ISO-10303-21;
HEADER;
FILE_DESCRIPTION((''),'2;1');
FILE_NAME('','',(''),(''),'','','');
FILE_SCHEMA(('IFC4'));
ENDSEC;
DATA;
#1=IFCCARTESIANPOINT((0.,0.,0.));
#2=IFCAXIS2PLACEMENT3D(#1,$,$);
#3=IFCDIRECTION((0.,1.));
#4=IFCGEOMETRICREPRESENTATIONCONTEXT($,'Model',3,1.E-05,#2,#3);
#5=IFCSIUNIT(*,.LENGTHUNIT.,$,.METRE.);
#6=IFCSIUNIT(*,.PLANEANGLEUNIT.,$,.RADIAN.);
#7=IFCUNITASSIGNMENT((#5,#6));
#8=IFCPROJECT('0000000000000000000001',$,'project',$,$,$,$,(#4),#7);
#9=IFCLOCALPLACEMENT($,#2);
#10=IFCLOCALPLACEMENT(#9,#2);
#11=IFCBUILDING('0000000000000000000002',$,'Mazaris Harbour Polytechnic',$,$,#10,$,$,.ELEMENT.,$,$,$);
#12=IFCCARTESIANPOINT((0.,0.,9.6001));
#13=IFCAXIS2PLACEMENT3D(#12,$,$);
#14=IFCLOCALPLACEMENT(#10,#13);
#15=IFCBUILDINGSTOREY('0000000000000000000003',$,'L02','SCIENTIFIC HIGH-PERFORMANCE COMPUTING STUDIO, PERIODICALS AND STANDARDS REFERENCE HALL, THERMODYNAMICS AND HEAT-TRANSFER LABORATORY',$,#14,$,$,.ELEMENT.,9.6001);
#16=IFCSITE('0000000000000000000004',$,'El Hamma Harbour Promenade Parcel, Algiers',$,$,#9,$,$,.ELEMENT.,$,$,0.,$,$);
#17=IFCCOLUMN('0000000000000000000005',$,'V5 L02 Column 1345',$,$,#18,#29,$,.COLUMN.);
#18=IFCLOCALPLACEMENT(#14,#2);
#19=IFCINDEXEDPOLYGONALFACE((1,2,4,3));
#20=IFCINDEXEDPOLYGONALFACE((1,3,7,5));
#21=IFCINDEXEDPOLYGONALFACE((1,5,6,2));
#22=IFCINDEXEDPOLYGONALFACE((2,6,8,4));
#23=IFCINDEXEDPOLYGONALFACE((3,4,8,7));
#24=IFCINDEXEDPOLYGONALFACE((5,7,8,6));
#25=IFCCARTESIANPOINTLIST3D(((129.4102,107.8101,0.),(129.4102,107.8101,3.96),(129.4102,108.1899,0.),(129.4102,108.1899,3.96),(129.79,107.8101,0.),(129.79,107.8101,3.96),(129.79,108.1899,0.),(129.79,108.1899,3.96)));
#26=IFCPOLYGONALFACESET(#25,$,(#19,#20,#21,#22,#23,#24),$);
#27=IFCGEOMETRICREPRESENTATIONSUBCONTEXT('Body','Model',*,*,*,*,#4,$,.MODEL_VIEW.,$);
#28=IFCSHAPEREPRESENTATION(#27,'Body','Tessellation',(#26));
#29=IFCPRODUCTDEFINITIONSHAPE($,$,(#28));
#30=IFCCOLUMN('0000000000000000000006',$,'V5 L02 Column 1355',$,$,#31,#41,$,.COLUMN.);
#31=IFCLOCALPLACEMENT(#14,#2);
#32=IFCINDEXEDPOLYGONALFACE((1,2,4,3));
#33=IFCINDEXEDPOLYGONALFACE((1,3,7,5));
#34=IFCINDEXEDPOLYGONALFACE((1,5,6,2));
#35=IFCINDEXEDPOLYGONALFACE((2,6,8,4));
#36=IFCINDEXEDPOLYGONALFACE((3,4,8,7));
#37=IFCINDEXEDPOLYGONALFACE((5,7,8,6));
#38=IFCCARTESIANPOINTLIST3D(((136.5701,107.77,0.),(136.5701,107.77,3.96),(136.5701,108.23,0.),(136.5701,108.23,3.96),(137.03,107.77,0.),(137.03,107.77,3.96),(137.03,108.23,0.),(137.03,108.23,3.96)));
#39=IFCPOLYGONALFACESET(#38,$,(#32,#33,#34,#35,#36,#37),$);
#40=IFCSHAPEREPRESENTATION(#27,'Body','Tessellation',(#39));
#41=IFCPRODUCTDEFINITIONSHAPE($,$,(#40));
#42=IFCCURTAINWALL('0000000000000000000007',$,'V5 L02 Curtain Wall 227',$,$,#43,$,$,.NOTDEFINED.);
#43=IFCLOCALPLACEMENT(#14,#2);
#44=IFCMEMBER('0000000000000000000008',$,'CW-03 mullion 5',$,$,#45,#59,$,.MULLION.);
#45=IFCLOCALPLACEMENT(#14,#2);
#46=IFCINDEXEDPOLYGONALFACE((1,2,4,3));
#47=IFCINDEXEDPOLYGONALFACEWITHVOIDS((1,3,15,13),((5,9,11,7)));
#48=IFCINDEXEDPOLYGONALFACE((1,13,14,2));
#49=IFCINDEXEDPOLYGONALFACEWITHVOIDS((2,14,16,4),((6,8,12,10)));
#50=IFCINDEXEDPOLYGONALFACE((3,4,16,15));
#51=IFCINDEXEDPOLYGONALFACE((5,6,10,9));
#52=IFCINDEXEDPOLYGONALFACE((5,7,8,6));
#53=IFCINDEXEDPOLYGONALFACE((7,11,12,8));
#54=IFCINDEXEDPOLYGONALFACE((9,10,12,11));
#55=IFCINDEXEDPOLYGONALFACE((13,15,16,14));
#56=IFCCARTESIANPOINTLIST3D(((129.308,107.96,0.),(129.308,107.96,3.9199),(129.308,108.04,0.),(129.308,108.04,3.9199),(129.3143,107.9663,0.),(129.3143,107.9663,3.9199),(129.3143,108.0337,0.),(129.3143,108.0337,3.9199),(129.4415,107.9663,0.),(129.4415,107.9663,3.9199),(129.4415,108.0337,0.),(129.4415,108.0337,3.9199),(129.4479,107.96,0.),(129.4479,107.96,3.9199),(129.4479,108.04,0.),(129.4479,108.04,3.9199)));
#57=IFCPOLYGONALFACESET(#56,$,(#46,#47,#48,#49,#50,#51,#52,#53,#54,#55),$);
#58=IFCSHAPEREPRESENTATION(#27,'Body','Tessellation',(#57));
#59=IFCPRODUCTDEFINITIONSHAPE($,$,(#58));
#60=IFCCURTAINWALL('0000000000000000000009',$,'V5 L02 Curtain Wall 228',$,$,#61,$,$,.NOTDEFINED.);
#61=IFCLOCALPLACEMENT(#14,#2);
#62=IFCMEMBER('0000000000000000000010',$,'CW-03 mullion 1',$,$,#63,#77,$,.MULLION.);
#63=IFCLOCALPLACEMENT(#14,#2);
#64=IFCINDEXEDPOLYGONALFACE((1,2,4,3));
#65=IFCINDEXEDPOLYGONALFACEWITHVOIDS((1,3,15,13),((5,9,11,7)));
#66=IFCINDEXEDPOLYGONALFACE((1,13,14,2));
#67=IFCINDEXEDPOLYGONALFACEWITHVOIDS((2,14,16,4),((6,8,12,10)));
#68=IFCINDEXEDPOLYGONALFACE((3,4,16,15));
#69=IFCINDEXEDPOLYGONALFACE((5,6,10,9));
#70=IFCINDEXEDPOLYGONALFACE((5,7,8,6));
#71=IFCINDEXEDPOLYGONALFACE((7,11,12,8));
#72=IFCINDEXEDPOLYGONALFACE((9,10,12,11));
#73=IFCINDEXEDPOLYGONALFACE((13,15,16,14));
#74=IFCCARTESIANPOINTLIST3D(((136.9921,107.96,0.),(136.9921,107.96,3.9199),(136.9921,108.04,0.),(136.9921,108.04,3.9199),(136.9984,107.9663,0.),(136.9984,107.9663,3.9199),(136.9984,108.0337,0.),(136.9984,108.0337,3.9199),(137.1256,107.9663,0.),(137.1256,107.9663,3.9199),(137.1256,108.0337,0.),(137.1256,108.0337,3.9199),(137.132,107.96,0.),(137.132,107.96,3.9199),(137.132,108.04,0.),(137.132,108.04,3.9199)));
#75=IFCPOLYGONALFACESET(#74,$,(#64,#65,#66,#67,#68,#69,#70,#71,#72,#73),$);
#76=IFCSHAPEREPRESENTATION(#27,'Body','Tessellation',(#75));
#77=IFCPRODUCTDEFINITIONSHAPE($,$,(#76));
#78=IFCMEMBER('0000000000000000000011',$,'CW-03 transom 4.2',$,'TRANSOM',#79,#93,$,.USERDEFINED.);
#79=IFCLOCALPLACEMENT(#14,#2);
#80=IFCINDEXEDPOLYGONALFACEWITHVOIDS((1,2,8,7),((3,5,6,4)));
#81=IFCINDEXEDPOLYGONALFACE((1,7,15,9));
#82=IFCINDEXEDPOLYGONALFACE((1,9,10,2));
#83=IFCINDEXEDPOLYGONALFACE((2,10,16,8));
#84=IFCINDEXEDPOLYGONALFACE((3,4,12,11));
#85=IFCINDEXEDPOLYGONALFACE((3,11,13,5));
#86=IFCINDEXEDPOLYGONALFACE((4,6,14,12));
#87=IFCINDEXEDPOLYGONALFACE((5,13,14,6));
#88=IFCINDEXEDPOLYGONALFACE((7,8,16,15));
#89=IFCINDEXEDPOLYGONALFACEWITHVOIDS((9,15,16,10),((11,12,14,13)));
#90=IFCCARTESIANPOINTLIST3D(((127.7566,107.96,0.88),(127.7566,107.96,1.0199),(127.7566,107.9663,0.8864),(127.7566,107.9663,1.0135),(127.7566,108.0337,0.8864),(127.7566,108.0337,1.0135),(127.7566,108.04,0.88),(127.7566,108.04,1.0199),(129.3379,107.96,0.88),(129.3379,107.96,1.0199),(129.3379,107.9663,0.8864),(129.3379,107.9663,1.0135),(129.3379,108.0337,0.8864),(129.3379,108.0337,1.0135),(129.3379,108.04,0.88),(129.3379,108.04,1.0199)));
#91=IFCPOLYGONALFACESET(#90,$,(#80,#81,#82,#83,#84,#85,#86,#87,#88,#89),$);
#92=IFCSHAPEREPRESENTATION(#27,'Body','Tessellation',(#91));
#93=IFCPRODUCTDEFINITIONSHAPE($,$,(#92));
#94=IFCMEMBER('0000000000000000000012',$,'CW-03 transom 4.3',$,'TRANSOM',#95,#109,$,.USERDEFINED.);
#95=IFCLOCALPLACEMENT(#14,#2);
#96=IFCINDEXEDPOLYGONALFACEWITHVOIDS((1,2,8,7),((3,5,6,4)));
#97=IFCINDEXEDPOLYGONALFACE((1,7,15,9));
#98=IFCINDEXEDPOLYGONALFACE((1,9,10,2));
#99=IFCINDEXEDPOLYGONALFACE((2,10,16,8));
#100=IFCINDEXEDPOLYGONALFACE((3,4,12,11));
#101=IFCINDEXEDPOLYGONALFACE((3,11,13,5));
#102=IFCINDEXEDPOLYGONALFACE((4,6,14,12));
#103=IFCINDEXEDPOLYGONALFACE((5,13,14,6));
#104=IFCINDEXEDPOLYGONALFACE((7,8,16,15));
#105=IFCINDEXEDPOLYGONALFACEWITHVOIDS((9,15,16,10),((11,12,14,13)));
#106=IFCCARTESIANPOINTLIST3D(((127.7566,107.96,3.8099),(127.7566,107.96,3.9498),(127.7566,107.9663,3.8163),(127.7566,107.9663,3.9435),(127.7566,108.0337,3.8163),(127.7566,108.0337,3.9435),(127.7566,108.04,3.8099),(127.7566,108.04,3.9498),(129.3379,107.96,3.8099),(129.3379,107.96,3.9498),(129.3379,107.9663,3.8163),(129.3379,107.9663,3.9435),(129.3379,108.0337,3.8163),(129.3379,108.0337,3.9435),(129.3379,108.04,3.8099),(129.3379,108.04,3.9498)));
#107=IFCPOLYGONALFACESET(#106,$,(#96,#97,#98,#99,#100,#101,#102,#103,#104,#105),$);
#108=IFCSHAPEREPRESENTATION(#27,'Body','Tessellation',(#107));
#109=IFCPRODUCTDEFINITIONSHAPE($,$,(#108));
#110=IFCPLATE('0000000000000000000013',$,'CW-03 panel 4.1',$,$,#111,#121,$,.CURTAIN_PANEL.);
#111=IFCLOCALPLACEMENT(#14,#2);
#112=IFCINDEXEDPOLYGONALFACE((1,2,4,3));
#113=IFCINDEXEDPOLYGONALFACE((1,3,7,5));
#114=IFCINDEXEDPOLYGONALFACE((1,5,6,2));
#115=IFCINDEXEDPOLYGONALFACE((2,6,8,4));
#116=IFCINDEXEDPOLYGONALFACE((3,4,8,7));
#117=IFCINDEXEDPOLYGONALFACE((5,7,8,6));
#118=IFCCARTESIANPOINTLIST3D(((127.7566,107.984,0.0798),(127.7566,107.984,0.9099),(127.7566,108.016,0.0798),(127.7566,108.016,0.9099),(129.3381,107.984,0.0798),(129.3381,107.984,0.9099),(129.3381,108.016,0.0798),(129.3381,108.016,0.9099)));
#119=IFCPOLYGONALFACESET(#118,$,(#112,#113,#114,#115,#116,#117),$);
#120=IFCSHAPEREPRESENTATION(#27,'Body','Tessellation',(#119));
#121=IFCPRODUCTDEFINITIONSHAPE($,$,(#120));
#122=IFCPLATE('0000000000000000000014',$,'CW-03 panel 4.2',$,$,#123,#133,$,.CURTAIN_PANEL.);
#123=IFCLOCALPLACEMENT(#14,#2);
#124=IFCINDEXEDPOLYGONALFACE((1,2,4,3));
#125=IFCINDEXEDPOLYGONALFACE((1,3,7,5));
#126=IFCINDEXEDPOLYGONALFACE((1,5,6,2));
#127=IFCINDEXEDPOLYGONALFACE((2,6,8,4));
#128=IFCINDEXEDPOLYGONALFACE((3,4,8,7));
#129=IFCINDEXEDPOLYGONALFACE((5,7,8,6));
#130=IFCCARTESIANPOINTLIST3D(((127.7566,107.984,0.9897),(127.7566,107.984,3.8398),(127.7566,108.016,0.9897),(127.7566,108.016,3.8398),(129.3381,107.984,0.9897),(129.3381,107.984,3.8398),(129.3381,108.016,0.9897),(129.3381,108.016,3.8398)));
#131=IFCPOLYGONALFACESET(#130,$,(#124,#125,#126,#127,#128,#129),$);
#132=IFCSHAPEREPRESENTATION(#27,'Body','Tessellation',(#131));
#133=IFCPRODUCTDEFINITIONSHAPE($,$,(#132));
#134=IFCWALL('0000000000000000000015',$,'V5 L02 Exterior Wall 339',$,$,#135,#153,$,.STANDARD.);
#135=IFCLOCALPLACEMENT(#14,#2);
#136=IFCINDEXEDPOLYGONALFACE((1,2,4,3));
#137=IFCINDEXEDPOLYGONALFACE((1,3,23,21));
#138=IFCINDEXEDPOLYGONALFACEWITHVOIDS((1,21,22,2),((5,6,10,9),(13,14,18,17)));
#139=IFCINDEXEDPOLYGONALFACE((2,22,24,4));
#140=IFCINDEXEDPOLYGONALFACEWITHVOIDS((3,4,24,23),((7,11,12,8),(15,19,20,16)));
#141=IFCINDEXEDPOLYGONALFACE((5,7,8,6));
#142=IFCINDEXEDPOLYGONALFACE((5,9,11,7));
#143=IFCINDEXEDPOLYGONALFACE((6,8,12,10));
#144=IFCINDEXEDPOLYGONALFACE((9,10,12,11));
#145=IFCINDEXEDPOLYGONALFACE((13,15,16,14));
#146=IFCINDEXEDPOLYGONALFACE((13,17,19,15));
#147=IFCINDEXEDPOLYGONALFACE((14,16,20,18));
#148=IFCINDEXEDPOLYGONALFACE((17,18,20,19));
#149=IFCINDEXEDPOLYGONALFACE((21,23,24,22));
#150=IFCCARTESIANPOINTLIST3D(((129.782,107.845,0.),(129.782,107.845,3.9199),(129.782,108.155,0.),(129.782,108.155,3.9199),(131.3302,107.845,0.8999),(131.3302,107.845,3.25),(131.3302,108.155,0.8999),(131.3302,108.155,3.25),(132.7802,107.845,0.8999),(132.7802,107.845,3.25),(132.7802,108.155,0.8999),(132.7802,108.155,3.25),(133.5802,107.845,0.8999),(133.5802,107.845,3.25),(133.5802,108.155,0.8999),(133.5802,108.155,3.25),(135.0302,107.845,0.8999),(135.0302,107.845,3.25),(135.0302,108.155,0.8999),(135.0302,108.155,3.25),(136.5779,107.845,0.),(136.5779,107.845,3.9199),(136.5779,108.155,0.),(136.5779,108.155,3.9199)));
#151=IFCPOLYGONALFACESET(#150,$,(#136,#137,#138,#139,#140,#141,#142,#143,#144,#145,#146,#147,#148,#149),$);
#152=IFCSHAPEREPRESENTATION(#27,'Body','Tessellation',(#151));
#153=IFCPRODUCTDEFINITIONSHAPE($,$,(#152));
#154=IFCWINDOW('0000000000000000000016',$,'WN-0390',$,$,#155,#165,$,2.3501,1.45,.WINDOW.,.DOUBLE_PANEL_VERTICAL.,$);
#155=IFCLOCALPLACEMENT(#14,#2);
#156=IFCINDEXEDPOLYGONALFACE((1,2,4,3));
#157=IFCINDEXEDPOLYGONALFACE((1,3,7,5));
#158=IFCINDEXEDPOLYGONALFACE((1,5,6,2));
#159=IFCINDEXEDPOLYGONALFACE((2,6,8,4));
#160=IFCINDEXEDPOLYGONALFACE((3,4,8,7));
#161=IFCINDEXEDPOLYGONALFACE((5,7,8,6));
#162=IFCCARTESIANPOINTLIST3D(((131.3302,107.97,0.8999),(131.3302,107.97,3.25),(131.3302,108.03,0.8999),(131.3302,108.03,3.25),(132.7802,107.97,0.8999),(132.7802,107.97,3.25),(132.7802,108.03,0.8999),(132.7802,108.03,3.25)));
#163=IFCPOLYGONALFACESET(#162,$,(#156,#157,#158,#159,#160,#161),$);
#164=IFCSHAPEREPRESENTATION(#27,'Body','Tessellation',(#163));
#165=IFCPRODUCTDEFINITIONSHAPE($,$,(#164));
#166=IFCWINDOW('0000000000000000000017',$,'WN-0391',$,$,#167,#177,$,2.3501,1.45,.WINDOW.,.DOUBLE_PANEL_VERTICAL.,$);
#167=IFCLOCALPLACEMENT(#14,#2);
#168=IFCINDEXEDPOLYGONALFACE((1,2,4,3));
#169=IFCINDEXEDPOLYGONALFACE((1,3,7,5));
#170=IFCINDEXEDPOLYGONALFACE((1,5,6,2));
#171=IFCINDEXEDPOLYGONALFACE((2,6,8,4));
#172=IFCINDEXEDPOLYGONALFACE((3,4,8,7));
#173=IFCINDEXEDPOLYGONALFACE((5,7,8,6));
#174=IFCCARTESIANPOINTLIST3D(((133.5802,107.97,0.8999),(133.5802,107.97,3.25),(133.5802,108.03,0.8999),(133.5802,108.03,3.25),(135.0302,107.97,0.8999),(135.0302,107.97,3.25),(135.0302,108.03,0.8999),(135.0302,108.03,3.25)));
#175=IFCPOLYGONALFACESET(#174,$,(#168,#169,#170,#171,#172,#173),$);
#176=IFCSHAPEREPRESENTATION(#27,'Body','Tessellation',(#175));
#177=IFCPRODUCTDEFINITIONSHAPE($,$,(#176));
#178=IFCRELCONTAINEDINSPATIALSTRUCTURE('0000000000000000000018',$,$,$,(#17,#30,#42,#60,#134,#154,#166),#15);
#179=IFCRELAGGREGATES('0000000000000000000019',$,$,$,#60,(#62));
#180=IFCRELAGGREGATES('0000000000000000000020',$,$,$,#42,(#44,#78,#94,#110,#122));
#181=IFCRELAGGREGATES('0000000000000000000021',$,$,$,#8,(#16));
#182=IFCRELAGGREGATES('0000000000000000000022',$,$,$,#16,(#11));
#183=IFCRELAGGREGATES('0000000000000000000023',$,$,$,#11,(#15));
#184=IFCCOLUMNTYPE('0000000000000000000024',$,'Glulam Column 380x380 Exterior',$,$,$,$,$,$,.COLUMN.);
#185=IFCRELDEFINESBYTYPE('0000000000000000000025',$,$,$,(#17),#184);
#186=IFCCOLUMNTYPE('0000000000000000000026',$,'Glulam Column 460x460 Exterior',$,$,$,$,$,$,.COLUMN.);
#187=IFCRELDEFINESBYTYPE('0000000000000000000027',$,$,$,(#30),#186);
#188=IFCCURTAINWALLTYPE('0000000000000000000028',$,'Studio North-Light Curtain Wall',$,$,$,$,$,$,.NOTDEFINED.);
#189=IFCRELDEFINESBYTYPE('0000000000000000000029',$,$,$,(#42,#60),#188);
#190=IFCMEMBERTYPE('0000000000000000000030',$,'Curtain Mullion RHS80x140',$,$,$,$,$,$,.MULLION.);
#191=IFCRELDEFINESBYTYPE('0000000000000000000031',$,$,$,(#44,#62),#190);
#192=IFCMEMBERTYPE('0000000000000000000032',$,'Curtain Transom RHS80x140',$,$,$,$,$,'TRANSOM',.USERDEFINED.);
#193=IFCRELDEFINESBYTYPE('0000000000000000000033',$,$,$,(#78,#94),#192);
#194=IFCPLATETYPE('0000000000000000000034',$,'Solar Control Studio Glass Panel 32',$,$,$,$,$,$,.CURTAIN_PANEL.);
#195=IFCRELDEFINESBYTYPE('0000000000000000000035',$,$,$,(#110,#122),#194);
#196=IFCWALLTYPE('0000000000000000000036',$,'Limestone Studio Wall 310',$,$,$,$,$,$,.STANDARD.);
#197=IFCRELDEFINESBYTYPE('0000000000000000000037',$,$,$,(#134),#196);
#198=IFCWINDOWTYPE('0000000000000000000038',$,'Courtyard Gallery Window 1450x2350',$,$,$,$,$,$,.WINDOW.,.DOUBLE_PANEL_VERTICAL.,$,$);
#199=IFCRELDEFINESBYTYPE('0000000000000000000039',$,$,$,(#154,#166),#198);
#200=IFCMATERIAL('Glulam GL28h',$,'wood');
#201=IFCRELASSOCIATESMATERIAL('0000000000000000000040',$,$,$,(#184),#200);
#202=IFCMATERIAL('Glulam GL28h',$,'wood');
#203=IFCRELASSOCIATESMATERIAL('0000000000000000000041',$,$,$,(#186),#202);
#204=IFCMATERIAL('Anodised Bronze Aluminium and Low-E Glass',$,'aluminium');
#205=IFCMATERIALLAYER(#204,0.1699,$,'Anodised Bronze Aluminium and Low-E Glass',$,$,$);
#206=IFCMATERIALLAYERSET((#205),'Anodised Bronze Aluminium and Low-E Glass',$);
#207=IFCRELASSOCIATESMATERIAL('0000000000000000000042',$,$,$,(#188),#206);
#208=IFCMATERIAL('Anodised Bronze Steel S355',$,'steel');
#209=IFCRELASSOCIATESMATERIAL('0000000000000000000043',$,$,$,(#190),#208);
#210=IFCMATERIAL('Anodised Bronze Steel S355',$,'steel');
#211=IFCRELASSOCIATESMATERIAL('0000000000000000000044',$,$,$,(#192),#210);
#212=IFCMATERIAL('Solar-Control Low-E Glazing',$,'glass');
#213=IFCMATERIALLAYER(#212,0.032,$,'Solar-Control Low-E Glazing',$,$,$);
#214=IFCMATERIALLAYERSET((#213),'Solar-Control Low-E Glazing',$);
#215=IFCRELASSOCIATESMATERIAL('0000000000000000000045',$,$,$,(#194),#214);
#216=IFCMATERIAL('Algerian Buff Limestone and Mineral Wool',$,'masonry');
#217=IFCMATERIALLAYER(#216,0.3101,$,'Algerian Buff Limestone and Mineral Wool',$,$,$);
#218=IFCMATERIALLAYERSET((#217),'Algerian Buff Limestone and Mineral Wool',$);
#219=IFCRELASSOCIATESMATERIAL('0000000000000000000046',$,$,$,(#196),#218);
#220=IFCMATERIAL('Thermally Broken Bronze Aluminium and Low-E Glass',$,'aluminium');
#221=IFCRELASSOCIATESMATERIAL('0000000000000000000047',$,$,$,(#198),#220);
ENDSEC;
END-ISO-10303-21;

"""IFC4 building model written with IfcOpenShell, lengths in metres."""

from ifc_helpers import new_model, si_unit, direction, frame, frame_2d, origin, origin_2d, place, context, subcontext, project, spatial, rectangle, hollow_rectangle, extrude, material, layer, layer_set, material_profile, profile_set, type_object, element, fill, aggregate, save


model = new_model("IFC4")

# Units and contexts
model_context = context("Model", 3, precision=1e-05, world=origin(), true_north=direction((0.0, 1.0)))
body_context = subcontext(model_context, "Body", "Model", "MODEL_VIEW")
ifc_project = project(units=[si_unit("LENGTHUNIT", "METRE"), si_unit("PLANEANGLEUNIT", "RADIAN")], contexts=[model_context])

# Site, building, storey
site_placement = place(None, origin())
site = spatial("IfcSite", under=ifc_project, at=site_placement, Name="El Hamma Harbour Promenade Parcel, Algiers", CompositionType="ELEMENT", RefElevation=0.0)
building_placement = place(site_placement, origin())
building = spatial("IfcBuilding", under=site, at=building_placement, Name="Mazaris Harbour Polytechnic", CompositionType="ELEMENT")
storey_placement = place(building_placement, frame((0.0, 0.0, 9.6001)))
storey = spatial("IfcBuildingStorey", under=building, at=storey_placement, Name="L02", Description="SCIENTIFIC HIGH-PERFORMANCE COMPUTING STUDIO, PERIODICALS AND STANDARDS REFERENCE HALL, THERMODYNAMICS AND HEAT-TRANSFER LABORATORY", CompositionType="ELEMENT", Elevation=9.6001)

# Columns
ifc_material_1 = material(Name="Glulam GL28h", Category="wood")
ifc_material_profile_1 = material_profile(ifc_material_1, rectangle(XDim=0.3799, YDim=0.3799, at=origin_2d()), Name="RECT380x380")
ifc_profile_set_1 = profile_set([ifc_material_profile_1], Name="Glulam GL28h")
column_type_1 = type_object("IfcColumnType", Name="Glulam Column 380x380 Exterior", PredefinedType="COLUMN", material=ifc_profile_set_1)
column_1_placement = place(storey_placement, frame((129.6001, 108.0, 0.0), z_axis=(0.0, 0.0, 1.0), x_axis=(1.0, 0.0, 0.0)))
element("IfcColumn", 1, at=column_1_placement, inside=storey, type_object=column_type_1, Name="V5 L02 Column 1345", PredefinedType="COLUMN", context=body_context, shape_type="SweptSolid", body=[
    extrude(rectangle(XDim=0.3799, YDim=0.3799, at=origin_2d()), origin(), (0.0, 0.0, 1.0), 3.96),
])
ifc_material_2 = material(Name="Glulam GL28h", Category="wood")
ifc_material_profile_2 = material_profile(ifc_material_2, rectangle(XDim=0.46, YDim=0.46, at=origin_2d()), Name="RECT460x460")
ifc_profile_set_2 = profile_set([ifc_material_profile_2], Name="Glulam GL28h")
column_type_2 = type_object("IfcColumnType", Name="Glulam Column 460x460 Exterior", PredefinedType="COLUMN", material=ifc_profile_set_2)
column_2_placement = place(storey_placement, frame((136.8, 108.0, 0.0), z_axis=(0.0, 0.0, 1.0), x_axis=(1.0, 0.0, 0.0)))
element("IfcColumn", 2, at=column_2_placement, inside=storey, type_object=column_type_2, Name="V5 L02 Column 1355", PredefinedType="COLUMN", context=body_context, shape_type="SweptSolid", body=[
    extrude(rectangle(XDim=0.46, YDim=0.46, at=origin_2d()), origin(), (0.0, 0.0, 1.0), 3.96),
])

# Curtain walls, members
ifc_material_3 = material(Name="Anodised Bronze Aluminium and Low-E Glass", Category="aluminium")
ifc_layer_1 = layer(ifc_material_3, 0.1699, Name="Anodised Bronze Aluminium and Low-E Glass")
ifc_layer_set_1 = layer_set([ifc_layer_1], Name="Anodised Bronze Aluminium and Low-E Glass")
curtain_wall_type = type_object("IfcCurtainWallType", Name="Studio North-Light Curtain Wall", PredefinedType="NOTDEFINED", material=ifc_layer_set_1)
curtain_wall_1_placement = place(storey_placement, origin())
curtain_wall_1 = element("IfcCurtainWall", 3, at=curtain_wall_1_placement, inside=storey, type_object=curtain_wall_type, Name="V5 L02 Curtain Wall 227", PredefinedType="NOTDEFINED")
ifc_material_4 = material(Name="Anodised Bronze Steel S355", Category="steel")
ifc_material_profile_3 = material_profile(ifc_material_4, hollow_rectangle(XDim=0.0801, YDim=0.1399, WallThickness=0.0063, at=origin_2d()), Name="RHS 80x140x6.3")
ifc_profile_set_3 = profile_set([ifc_material_profile_3], Name="Anodised Bronze Steel S355")
member_type_1 = type_object("IfcMemberType", Name="Curtain Mullion RHS80x140", PredefinedType="MULLION", material=ifc_profile_set_3)
member_1_placement = place(storey_placement, frame((129.3779, 108.0, 0.0), z_axis=(0.0, 0.0, 1.0), x_axis=(0.0, 1.0, 0.0)))
member_1 = element("IfcMember", 4, at=member_1_placement, type_object=member_type_1, Name="CW-03 mullion 5", PredefinedType="MULLION", context=body_context, shape_type="SweptSolid", body=[
    extrude(hollow_rectangle(XDim=0.0801, YDim=0.1399, WallThickness=0.0063, at=origin_2d()), origin(), (0.0, 0.0, 1.0), 3.9199),
])
curtain_wall_2_placement = place(storey_placement, origin())
curtain_wall_2 = element("IfcCurtainWall", 5, at=curtain_wall_2_placement, inside=storey, type_object=curtain_wall_type, Name="V5 L02 Curtain Wall 228", PredefinedType="NOTDEFINED")
member_2_placement = place(storey_placement, frame((137.062, 108.0, 0.0), z_axis=(0.0, 0.0, 1.0), x_axis=(0.0, 1.0, 0.0)))
member_2 = element("IfcMember", 6, at=member_2_placement, type_object=member_type_1, Name="CW-03 mullion 1", PredefinedType="MULLION", context=body_context, shape_type="SweptSolid", body=[
    extrude(hollow_rectangle(XDim=0.0801, YDim=0.1399, WallThickness=0.0063, at=origin_2d()), origin(), (0.0, 0.0, 1.0), 3.9199),
])
aggregate(curtain_wall_2, [member_2])

# Members
ifc_material_5 = material(Name="Anodised Bronze Steel S355", Category="steel")
ifc_material_profile_4 = material_profile(ifc_material_5, hollow_rectangle(XDim=0.0801, YDim=0.1399, WallThickness=0.0063, at=origin_2d()), Name="RHS 80x140x6.3")
ifc_profile_set_4 = profile_set([ifc_material_profile_4], Name="Anodised Bronze Steel S355")
member_type_2 = type_object("IfcMemberType", Name="Curtain Transom RHS80x140", ElementType="TRANSOM", PredefinedType="USERDEFINED", material=ifc_profile_set_4)
member_3_placement = place(storey_placement, frame((127.7566, 108.0, 0.95), z_axis=(1.0, 0.0, 0.0), x_axis=(0.0, 1.0, 0.0)))
member_3 = element("IfcMember", 7, at=member_3_placement, type_object=member_type_2, Name="CW-03 transom 4.2", ObjectType="TRANSOM", PredefinedType="USERDEFINED", context=body_context, shape_type="SweptSolid", body=[
    extrude(hollow_rectangle(XDim=0.0801, YDim=0.1399, WallThickness=0.0063, at=origin_2d()), origin(), (0.0, 0.0, 1.0), 1.5813),
])
member_4_placement = place(storey_placement, frame((127.7566, 108.0, 3.8799), z_axis=(1.0, 0.0, 0.0), x_axis=(0.0, 1.0, 0.0)))
member_4 = element("IfcMember", 8, at=member_4_placement, type_object=member_type_2, Name="CW-03 transom 4.3", ObjectType="TRANSOM", PredefinedType="USERDEFINED", context=body_context, shape_type="SweptSolid", body=[
    extrude(hollow_rectangle(XDim=0.0801, YDim=0.1399, WallThickness=0.0063, at=origin_2d()), origin(), (0.0, 0.0, 1.0), 1.5813),
])

# Plates
ifc_material_6 = material(Name="Solar-Control Low-E Glazing", Category="glass")
ifc_layer_2 = layer(ifc_material_6, 0.032, Name="Solar-Control Low-E Glazing")
ifc_layer_set_2 = layer_set([ifc_layer_2], Name="Solar-Control Low-E Glazing")
plate_type = type_object("IfcPlateType", Name="Solar Control Studio Glass Panel 32", PredefinedType="CURTAIN_PANEL", material=ifc_layer_set_2)
plate_1_placement = place(storey_placement, frame((128.5474, 108.0, 0.0798), z_axis=(0.0, 0.0, 1.0), x_axis=(1.0, 0.0, 0.0)))
plate_1 = element("IfcPlate", 9, at=plate_1_placement, type_object=plate_type, Name="CW-03 panel 4.1", PredefinedType="CURTAIN_PANEL", context=body_context, shape_type="SweptSolid", body=[
    extrude(rectangle(XDim=1.5815, YDim=0.032, at=origin_2d()), origin(), (0.0, 0.0, 1.0), 0.8301),
])
plate_2_placement = place(storey_placement, frame((128.5474, 108.0, 0.9897), z_axis=(0.0, 0.0, 1.0), x_axis=(1.0, 0.0, 0.0)))
plate_2 = element("IfcPlate", 10, at=plate_2_placement, type_object=plate_type, Name="CW-03 panel 4.2", PredefinedType="CURTAIN_PANEL", context=body_context, shape_type="SweptSolid", body=[
    extrude(rectangle(XDim=1.5815, YDim=0.032, at=origin_2d()), origin(), (0.0, 0.0, 1.0), 2.8501),
])
aggregate(curtain_wall_1, [member_1, member_3, member_4, plate_1, plate_2])

# Wall, openings, windows
ifc_material_7 = material(Name="Algerian Buff Limestone and Mineral Wool", Category="masonry")
ifc_layer_3 = layer(ifc_material_7, 0.3101, Name="Algerian Buff Limestone and Mineral Wool")
ifc_layer_set_3 = layer_set([ifc_layer_3], Name="Algerian Buff Limestone and Mineral Wool")
wall_type = type_object("IfcWallType", Name="Limestone Studio Wall 310", PredefinedType="STANDARD", material=ifc_layer_set_3)
wall_placement = place(storey_placement, frame((129.782, 108.0, 0.0), z_axis=(0.0, 0.0, 1.0), x_axis=(1.0, 0.0, 0.0)))
wall = element("IfcWall", 11, at=wall_placement, inside=storey, type_object=wall_type, Name="V5 L02 Exterior Wall 339", PredefinedType="STANDARD", context=body_context, shape_type="SweptSolid", body=[
    extrude(rectangle(XDim=6.7959, YDim=0.3101, at=frame_2d((3.3979, 0.0))), origin(), (0.0, 0.0, 1.0), 3.9199),
])
opening_1_placement = place(wall_placement, frame((1.5481, 0.0, 0.8999)))
opening_1 = element("IfcOpeningElement", 12, at=opening_1_placement, cuts=wall, PredefinedType="OPENING", context=body_context, shape_type="SweptSolid", body=[
    extrude(rectangle(XDim=1.45, YDim=2.3501, at=frame_2d((0.7251, 1.175))), frame((0.0, 0.165, 0.0), z_axis=(0.0, -1.0, 0.0), x_axis=(1.0, 0.0, 0.0)), (0.0, 0.0, 1.0), 0.3301),
])
opening_2_placement = place(wall_placement, frame((3.7981, 0.0, 0.8999)))
opening_2 = element("IfcOpeningElement", 13, at=opening_2_placement, cuts=wall, PredefinedType="OPENING", context=body_context, shape_type="SweptSolid", body=[
    extrude(rectangle(XDim=1.45, YDim=2.3501, at=frame_2d((0.7251, 1.175))), frame((0.0, 0.165, 0.0), z_axis=(0.0, -1.0, 0.0), x_axis=(1.0, 0.0, 0.0)), (0.0, 0.0, 1.0), 0.3301),
])
ifc_material_8 = material(Name="Thermally Broken Bronze Aluminium and Low-E Glass", Category="aluminium")
window_type = type_object("IfcWindowType", Name="Courtyard Gallery Window 1450x2350", PartitioningType="DOUBLE_PANEL_VERTICAL", PredefinedType="WINDOW", material=ifc_material_8)
window_1_placement = place(opening_1_placement, origin())
window_1 = element("IfcWindow", 14, at=window_1_placement, inside=storey, type_object=window_type, Name="WN-0390", OverallHeight=2.3501, OverallWidth=1.45, PartitioningType="DOUBLE_PANEL_VERTICAL", PredefinedType="WINDOW", context=body_context, shape_type="SweptSolid", body=[
    extrude(rectangle(XDim=1.45, YDim=2.3501, at=frame_2d((0.7251, 1.175))), frame((0.0, 0.03, 0.0), z_axis=(0.0, -1.0, 0.0), x_axis=(1.0, 0.0, 0.0)), (0.0, 0.0, 1.0), 0.0601),
])
fill(opening_1, window_1)
window_2_placement = place(opening_2_placement, origin())
window_2 = element("IfcWindow", 15, at=window_2_placement, inside=storey, type_object=window_type, Name="WN-0391", OverallHeight=2.3501, OverallWidth=1.45, PartitioningType="DOUBLE_PANEL_VERTICAL", PredefinedType="WINDOW", context=body_context, shape_type="SweptSolid", body=[
    extrude(rectangle(XDim=1.45, YDim=2.3501, at=frame_2d((0.7251, 1.175))), frame((0.0, 0.03, 0.0), z_axis=(0.0, -1.0, 0.0), x_axis=(1.0, 0.0, 0.0)), (0.0, 0.0, 1.0), 0.0601),
])
fill(opening_2, window_2)

save(model, "model.ifc")
